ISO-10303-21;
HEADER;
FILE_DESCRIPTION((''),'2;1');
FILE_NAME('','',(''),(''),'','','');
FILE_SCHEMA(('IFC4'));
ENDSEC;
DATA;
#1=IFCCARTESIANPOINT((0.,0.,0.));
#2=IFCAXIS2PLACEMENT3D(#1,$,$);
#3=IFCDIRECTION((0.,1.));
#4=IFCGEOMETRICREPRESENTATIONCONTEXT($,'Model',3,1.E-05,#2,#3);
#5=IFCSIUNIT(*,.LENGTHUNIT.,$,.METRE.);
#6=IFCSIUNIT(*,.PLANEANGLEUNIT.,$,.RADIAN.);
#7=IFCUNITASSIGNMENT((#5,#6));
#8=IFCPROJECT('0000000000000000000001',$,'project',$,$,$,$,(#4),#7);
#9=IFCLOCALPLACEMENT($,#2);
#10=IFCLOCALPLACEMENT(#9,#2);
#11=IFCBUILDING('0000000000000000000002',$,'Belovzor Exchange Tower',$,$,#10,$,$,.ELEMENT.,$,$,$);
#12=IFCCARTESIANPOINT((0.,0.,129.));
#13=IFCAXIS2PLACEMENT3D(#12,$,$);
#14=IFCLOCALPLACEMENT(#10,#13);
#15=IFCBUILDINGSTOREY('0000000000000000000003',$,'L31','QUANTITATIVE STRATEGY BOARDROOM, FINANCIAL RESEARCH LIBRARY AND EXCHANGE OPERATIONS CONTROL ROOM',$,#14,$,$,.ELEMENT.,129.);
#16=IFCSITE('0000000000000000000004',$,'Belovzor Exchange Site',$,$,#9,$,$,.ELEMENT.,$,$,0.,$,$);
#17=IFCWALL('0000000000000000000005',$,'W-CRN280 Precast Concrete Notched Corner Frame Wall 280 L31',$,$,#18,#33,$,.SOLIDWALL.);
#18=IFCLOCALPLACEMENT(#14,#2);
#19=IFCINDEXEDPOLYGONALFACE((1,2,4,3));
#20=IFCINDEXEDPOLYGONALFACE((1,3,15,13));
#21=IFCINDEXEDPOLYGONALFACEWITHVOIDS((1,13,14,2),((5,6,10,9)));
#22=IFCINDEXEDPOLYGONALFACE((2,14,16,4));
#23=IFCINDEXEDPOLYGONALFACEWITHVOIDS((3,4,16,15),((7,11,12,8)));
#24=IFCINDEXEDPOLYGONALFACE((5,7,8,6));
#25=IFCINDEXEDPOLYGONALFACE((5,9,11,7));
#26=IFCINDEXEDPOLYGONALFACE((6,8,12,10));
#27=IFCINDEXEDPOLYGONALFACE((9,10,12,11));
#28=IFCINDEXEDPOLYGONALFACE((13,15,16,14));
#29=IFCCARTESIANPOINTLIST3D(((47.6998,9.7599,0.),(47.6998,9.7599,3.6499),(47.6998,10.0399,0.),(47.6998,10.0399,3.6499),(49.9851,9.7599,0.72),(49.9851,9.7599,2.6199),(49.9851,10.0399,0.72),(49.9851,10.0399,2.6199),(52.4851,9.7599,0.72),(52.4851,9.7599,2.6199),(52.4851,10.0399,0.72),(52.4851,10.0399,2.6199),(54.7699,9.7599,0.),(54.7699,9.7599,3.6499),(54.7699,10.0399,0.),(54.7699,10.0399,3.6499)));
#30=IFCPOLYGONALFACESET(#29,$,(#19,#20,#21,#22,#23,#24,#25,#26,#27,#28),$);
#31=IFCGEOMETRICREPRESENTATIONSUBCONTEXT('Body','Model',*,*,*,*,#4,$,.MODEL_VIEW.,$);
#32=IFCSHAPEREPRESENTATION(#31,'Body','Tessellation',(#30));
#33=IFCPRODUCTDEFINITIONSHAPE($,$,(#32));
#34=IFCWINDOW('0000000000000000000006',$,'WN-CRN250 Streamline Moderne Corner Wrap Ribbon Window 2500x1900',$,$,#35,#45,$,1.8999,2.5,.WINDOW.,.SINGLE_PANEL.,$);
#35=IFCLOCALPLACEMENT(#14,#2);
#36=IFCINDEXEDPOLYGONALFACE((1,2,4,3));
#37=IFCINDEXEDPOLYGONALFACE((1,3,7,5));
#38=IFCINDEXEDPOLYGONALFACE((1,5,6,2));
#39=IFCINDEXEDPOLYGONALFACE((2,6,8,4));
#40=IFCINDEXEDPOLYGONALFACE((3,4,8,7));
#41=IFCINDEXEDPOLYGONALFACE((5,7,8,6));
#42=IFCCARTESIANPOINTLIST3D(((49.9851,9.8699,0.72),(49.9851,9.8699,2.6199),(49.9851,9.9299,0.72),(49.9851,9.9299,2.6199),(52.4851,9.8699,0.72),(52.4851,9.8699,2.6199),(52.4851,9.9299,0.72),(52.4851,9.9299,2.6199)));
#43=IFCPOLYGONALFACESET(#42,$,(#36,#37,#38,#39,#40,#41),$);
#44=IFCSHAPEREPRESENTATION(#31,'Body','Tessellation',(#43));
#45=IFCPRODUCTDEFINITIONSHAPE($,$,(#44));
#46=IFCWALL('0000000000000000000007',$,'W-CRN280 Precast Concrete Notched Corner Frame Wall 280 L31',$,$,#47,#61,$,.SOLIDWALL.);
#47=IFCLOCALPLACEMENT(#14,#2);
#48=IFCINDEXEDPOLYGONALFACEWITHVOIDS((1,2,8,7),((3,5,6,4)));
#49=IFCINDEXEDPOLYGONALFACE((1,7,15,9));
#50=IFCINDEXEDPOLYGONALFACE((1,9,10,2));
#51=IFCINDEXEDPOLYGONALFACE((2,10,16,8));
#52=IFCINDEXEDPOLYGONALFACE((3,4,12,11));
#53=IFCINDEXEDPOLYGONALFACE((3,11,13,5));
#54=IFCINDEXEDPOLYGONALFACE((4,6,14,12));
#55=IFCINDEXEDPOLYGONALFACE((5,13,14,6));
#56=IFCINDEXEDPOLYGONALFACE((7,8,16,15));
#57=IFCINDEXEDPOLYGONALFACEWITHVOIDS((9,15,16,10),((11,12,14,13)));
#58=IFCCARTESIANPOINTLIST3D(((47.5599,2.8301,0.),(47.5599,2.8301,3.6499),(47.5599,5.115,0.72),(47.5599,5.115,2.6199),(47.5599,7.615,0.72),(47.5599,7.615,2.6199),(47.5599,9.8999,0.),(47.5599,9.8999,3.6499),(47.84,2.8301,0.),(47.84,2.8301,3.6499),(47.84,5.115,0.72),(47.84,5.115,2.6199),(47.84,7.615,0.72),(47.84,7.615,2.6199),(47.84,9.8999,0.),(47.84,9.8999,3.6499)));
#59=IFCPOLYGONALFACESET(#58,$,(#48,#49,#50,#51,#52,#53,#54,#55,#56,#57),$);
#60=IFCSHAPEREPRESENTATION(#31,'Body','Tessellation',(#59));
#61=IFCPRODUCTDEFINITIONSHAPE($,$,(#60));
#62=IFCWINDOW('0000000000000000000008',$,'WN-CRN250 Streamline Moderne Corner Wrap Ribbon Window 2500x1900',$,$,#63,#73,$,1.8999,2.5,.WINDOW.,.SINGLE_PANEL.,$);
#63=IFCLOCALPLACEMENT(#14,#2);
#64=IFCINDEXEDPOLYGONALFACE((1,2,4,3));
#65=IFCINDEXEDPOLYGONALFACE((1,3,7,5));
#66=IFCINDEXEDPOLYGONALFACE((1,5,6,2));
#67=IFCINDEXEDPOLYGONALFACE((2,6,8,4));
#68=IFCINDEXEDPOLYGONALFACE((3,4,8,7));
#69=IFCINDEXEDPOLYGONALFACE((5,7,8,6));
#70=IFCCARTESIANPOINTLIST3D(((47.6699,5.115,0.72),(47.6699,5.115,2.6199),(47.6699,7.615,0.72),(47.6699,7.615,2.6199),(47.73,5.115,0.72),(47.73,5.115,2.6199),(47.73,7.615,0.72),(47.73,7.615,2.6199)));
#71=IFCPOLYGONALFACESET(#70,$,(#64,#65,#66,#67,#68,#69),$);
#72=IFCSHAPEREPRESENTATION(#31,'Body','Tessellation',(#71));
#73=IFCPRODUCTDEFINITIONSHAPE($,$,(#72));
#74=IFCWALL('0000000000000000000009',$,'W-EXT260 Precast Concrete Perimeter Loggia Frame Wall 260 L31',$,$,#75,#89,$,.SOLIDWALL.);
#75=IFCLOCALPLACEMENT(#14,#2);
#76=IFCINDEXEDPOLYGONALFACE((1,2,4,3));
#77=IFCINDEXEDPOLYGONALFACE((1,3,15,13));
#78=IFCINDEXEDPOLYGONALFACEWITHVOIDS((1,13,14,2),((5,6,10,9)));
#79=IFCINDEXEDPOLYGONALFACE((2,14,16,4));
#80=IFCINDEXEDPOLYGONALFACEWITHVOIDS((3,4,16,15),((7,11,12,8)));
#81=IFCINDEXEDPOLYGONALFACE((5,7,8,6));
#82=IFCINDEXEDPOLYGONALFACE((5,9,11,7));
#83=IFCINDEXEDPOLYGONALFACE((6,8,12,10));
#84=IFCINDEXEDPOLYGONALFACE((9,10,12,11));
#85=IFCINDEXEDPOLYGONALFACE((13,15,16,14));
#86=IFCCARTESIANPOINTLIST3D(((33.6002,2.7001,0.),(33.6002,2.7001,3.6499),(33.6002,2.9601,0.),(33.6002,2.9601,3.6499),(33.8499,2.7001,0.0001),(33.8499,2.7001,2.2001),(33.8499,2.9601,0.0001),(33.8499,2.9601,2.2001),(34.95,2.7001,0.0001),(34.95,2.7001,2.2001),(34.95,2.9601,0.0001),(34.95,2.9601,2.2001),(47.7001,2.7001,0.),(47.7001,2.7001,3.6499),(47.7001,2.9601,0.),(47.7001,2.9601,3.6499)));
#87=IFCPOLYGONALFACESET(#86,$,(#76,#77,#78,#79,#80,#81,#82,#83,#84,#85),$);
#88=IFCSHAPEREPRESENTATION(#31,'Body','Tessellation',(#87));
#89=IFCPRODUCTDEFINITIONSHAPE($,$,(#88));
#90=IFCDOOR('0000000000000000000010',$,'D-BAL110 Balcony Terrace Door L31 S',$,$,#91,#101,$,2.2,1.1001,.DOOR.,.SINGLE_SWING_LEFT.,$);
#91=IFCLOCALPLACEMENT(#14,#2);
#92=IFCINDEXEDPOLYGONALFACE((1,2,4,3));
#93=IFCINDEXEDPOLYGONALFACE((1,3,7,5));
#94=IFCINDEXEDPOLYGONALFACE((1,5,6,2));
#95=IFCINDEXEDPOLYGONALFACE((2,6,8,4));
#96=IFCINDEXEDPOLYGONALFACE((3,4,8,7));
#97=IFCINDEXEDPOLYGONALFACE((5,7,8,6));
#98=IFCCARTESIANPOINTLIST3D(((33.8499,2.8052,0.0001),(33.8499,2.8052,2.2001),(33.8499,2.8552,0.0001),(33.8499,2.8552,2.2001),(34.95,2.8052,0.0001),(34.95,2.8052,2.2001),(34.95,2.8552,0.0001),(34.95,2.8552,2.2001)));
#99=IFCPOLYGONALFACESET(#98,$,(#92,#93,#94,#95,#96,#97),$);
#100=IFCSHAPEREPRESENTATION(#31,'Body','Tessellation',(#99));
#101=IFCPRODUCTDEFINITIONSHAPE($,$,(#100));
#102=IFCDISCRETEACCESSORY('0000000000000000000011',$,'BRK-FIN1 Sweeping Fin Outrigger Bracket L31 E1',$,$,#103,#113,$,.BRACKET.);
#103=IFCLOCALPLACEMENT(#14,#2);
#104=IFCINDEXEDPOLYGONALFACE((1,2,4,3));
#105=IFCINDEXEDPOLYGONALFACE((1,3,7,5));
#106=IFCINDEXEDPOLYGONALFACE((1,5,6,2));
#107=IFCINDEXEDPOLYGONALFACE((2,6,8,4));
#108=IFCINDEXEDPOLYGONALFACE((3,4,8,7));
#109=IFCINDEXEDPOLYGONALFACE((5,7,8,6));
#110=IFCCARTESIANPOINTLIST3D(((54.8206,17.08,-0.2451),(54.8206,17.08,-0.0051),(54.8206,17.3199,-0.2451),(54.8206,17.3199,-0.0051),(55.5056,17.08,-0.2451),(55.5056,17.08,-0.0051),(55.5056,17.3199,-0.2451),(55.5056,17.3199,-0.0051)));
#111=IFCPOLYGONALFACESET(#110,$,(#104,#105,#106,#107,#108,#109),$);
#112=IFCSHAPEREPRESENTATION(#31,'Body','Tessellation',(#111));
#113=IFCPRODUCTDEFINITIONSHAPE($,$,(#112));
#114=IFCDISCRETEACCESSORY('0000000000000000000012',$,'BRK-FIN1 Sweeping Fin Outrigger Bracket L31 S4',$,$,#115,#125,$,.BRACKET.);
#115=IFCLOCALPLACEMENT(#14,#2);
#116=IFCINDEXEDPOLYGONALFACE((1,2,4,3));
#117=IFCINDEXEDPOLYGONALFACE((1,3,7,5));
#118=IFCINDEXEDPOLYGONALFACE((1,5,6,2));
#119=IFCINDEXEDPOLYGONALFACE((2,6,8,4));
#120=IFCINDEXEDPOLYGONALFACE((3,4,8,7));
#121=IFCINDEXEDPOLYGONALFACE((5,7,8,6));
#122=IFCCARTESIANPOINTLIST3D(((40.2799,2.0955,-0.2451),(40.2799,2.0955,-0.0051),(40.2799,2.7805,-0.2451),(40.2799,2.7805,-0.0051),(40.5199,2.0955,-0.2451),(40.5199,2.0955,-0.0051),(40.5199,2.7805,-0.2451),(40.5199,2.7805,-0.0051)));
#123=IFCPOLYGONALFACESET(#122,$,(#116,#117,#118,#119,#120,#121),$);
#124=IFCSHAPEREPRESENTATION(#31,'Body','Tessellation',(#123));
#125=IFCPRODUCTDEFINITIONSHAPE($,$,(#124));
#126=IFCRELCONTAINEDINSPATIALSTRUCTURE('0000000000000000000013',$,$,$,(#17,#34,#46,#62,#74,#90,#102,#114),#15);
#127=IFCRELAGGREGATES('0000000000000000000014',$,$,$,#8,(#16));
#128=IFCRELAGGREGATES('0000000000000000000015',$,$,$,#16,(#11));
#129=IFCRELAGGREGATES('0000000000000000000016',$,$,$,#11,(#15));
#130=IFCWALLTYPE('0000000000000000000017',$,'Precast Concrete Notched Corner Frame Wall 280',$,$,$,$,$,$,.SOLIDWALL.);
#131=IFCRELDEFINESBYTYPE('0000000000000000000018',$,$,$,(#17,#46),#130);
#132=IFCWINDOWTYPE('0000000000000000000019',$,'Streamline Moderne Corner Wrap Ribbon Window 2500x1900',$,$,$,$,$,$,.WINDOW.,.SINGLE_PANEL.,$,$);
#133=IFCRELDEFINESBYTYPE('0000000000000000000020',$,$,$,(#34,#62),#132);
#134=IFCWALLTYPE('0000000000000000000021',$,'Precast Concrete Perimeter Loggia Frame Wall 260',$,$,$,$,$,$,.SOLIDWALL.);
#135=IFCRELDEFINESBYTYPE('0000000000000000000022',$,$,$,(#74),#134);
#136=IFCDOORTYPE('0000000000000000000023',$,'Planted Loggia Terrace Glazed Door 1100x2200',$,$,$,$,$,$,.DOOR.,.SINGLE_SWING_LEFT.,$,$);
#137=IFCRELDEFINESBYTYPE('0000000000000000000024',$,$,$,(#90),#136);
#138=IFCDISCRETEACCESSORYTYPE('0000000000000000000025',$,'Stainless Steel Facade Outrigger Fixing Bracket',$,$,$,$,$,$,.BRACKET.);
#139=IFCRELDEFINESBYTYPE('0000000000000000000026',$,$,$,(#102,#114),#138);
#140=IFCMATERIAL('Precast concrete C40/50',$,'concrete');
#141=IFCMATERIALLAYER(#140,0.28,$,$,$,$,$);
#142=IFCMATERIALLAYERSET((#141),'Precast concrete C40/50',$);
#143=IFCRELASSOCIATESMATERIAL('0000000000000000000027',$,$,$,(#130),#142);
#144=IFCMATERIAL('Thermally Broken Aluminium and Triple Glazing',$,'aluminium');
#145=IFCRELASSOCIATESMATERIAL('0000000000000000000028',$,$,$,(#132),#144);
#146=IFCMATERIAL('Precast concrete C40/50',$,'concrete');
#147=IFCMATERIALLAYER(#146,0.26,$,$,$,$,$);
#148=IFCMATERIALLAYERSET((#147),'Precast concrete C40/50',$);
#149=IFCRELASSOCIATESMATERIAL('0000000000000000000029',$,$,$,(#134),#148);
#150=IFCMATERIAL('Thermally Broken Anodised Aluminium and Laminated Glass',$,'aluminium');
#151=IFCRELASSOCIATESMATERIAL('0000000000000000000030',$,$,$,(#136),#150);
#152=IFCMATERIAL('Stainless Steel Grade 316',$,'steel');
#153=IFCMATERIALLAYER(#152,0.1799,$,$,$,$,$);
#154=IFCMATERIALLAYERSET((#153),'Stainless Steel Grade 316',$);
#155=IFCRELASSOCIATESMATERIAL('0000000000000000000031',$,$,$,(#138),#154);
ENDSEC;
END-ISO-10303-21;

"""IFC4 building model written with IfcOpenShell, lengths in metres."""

from ifc_helpers import new_model, si_unit, direction, frame, frame_2d, origin, origin_2d, place, context, subcontext, project, spatial, rectangle, extrude, material, layer, layer_set, type_object, element, fill, save


model = new_model("IFC4")

# Units and contexts
model_context = context("Model", 3, precision=1e-05, world=origin(), true_north=direction((0.0, 1.0)))
body_context = subcontext(model_context, "Body", "Model", "MODEL_VIEW")
ifc_project = project(units=[si_unit("LENGTHUNIT", "METRE"), si_unit("PLANEANGLEUNIT", "RADIAN")], contexts=[model_context])

# Site, building, storey
site_placement = place(None, origin())
site = spatial("IfcSite", under=ifc_project, at=site_placement, Name="Belovzor Exchange Site", CompositionType="ELEMENT", RefElevation=0.0)
building_placement = place(site_placement, origin())
building = spatial("IfcBuilding", under=site, at=building_placement, Name="Belovzor Exchange Tower", CompositionType="ELEMENT")
storey_placement = place(building_placement, frame((0.0, 0.0, 129.0)))
storey = spatial("IfcBuildingStorey", under=building, at=storey_placement, Name="L31", Description="QUANTITATIVE STRATEGY BOARDROOM, FINANCIAL RESEARCH LIBRARY AND EXCHANGE OPERATIONS CONTROL ROOM", CompositionType="ELEMENT", Elevation=129.0)

# Walls, openings, windows
ifc_material_1 = material(Name="Precast concrete C40/50", Category="concrete")
ifc_layer_1 = layer(ifc_material_1, 0.28)
ifc_layer_set_1 = layer_set([ifc_layer_1], Name="Precast concrete C40/50")
wall_type_1 = type_object("IfcWallType", Name="Precast Concrete Notched Corner Frame Wall 280", PredefinedType="SOLIDWALL", material=ifc_layer_set_1)
wall_1_placement = place(storey_placement, frame((54.77, 9.8999, 0.0), z_axis=(0.0, 0.0, 1.0), x_axis=(-1.0, 0.0, 0.0)))
wall_1 = element("IfcWall", 1, at=wall_1_placement, inside=storey, type_object=wall_type_1, Name="W-CRN280 Precast Concrete Notched Corner Frame Wall 280 L31", PredefinedType="SOLIDWALL", context=body_context, shape_type="SweptSolid", body=[
    extrude(rectangle(XDim=7.0701, YDim=0.28, at=frame_2d((3.5352, 0.0))), origin(), (0.0, 0.0, 1.0), 3.6499),
])
opening_1_placement = place(wall_1_placement, frame((2.2849, 0.0, 0.72)))
opening_1 = element("IfcOpeningElement", 2, at=opening_1_placement, cuts=wall_1, PredefinedType="OPENING", context=body_context, shape_type="SweptSolid", body=[
    extrude(rectangle(XDim=2.5, YDim=1.8999, at=frame_2d((1.25, 0.95))), frame((0.0, 0.1499, 0.0), z_axis=(0.0, -1.0, 0.0), x_axis=(1.0, 0.0, 0.0)), (0.0, 0.0, 1.0), 0.3),
])
ifc_material_2 = material(Name="Thermally Broken Aluminium and Triple Glazing", Category="aluminium")
window_type = type_object("IfcWindowType", Name="Streamline Moderne Corner Wrap Ribbon Window 2500x1900", PartitioningType="SINGLE_PANEL", PredefinedType="WINDOW", material=ifc_material_2)
window_1_placement = place(opening_1_placement, origin())
window_1 = element("IfcWindow", 3, at=window_1_placement, inside=storey, type_object=window_type, Name="WN-CRN250 Streamline Moderne Corner Wrap Ribbon Window 2500x1900", OverallHeight=1.8999, OverallWidth=2.5, PartitioningType="SINGLE_PANEL", PredefinedType="WINDOW", context=body_context, shape_type="SweptSolid", body=[
    extrude(rectangle(XDim=2.5, YDim=1.8999, at=frame_2d((1.25, 0.95))), frame((0.0, 0.03, 0.0), z_axis=(0.0, -1.0, 0.0), x_axis=(1.0, 0.0, 0.0)), (0.0, 0.0, 1.0), 0.0601),
])
fill(opening_1, window_1)
wall_2_placement = place(storey_placement, frame((47.7, 9.8999, 0.0), z_axis=(0.0, 0.0, 1.0), x_axis=(0.0, -1.0, 0.0)))
wall_2 = element("IfcWall", 4, at=wall_2_placement, inside=storey, type_object=wall_type_1, Name="W-CRN280 Precast Concrete Notched Corner Frame Wall 280 L31", PredefinedType="SOLIDWALL", context=body_context, shape_type="SweptSolid", body=[
    extrude(rectangle(XDim=7.0698, YDim=0.28, at=frame_2d((3.5349, 0.0))), origin(), (0.0, 0.0, 1.0), 3.6499),
])
opening_2_placement = place(wall_2_placement, frame((2.2849, 0.0, 0.72)))
opening_2 = element("IfcOpeningElement", 5, at=opening_2_placement, cuts=wall_2, PredefinedType="OPENING", context=body_context, shape_type="SweptSolid", body=[
    extrude(rectangle(XDim=2.5, YDim=1.8999, at=frame_2d((1.25, 0.95))), frame((0.0, 0.1499, 0.0), z_axis=(0.0, -1.0, 0.0), x_axis=(1.0, 0.0, 0.0)), (0.0, 0.0, 1.0), 0.3),
])
window_2_placement = place(opening_2_placement, origin())
window_2 = element("IfcWindow", 6, at=window_2_placement, inside=storey, type_object=window_type, Name="WN-CRN250 Streamline Moderne Corner Wrap Ribbon Window 2500x1900", OverallHeight=1.8999, OverallWidth=2.5, PartitioningType="SINGLE_PANEL", PredefinedType="WINDOW", context=body_context, shape_type="SweptSolid", body=[
    extrude(rectangle(XDim=2.5, YDim=1.8999, at=frame_2d((1.25, 0.95))), frame((0.0, 0.03, 0.0), z_axis=(0.0, -1.0, 0.0), x_axis=(1.0, 0.0, 0.0)), (0.0, 0.0, 1.0), 0.0601),
])
fill(opening_2, window_2)

# Wall, opening, door
ifc_material_3 = material(Name="Precast concrete C40/50", Category="concrete")
ifc_layer_2 = layer(ifc_material_3, 0.26)
ifc_layer_set_2 = layer_set([ifc_layer_2], Name="Precast concrete C40/50")
wall_type_2 = type_object("IfcWallType", Name="Precast Concrete Perimeter Loggia Frame Wall 260", PredefinedType="SOLIDWALL", material=ifc_layer_set_2)
wall_3_placement = place(storey_placement, frame((47.7, 2.8301, 0.0), z_axis=(0.0, 0.0, 1.0), x_axis=(-1.0, 0.0, 0.0)))
wall_3 = element("IfcWall", 7, at=wall_3_placement, inside=storey, type_object=wall_type_2, Name="W-EXT260 Precast Concrete Perimeter Loggia Frame Wall 260 L31", PredefinedType="SOLIDWALL", context=body_context, shape_type="SweptSolid", body=[
    extrude(rectangle(XDim=14.0999, YDim=0.26, at=frame_2d((7.0498, 0.0))), origin(), (0.0, 0.0, 1.0), 3.6499),
])
opening_3_placement = place(wall_3_placement, frame((12.75, 0.0, 0.0)))
opening_3 = element("IfcOpeningElement", 8, at=opening_3_placement, cuts=wall_3, PredefinedType="OPENING", context=body_context, shape_type="SweptSolid", body=[
    extrude(rectangle(XDim=1.1001, YDim=2.2, at=frame_2d((0.55, 1.1001))), frame((0.0, 0.1399, 0.0), z_axis=(0.0, -1.0, 0.0), x_axis=(1.0, 0.0, 0.0)), (0.0, 0.0, 1.0), 0.28),
])
ifc_material_4 = material(Name="Thermally Broken Anodised Aluminium and Laminated Glass", Category="aluminium")
door_type_1 = type_object("IfcDoorType", Name="Planted Loggia Terrace Glazed Door 1100x2200", OperationType="SINGLE_SWING_LEFT", PredefinedType="DOOR", material=ifc_material_4)
door_1_placement = place(opening_3_placement, origin())
door_1 = element("IfcDoor", 9, at=door_1_placement, inside=storey, type_object=door_type_1, Name="D-BAL110 Balcony Terrace Door L31 S", OperationType="SINGLE_SWING_LEFT", OverallHeight=2.2, OverallWidth=1.1001, PredefinedType="DOOR", context=body_context, shape_type="SweptSolid", body=[
    extrude(rectangle(XDim=1.1001, YDim=2.2, at=frame_2d((0.55, 1.1001))), frame((0.0, 0.0249, 0.0), z_axis=(0.0, -1.0, 0.0), x_axis=(1.0, 0.0, 0.0)), (0.0, 0.0, 1.0), 0.05),
])
fill(opening_3, door_1)

# Discrete accessories
ifc_material_5 = material(Name="Stainless Steel Grade 316", Category="steel")
ifc_layer_3 = layer(ifc_material_5, 0.1799)
ifc_layer_set_3 = layer_set([ifc_layer_3], Name="Stainless Steel Grade 316")
discrete_accessory_type = type_object("IfcDiscreteAccessoryType", Name="Stainless Steel Facade Outrigger Fixing Bracket", PredefinedType="BRACKET", material=ifc_layer_set_3)
for number, where, z_axis, x_axis, name in (
    (10, (55.1631, 17.2, -0.2451), (0.0, 0.0, 1.0), (1.0, 0.0, 0.0), "BRK-FIN1 Sweeping Fin Outrigger Bracket L31 E1"),
    (11, (40.3999, 2.438, -0.2451), (0.0, 0.0, 1.0), (0.0, 1.0, 0.0), "BRK-FIN1 Sweeping Fin Outrigger Bracket L31 S4"),
):
    element("IfcDiscreteAccessory", number, at=place(storey_placement, frame(where, z_axis=z_axis, x_axis=x_axis)), inside=storey, type_object=discrete_accessory_type, Name=name, PredefinedType="BRACKET", context=body_context, shape_type="SweptSolid", body=[
        extrude(rectangle(XDim=0.6851, YDim=0.24, at=origin_2d()), origin(), (0.0, 0.0, 1.0), 0.24),
    ])

save(model, "model.ifc")
